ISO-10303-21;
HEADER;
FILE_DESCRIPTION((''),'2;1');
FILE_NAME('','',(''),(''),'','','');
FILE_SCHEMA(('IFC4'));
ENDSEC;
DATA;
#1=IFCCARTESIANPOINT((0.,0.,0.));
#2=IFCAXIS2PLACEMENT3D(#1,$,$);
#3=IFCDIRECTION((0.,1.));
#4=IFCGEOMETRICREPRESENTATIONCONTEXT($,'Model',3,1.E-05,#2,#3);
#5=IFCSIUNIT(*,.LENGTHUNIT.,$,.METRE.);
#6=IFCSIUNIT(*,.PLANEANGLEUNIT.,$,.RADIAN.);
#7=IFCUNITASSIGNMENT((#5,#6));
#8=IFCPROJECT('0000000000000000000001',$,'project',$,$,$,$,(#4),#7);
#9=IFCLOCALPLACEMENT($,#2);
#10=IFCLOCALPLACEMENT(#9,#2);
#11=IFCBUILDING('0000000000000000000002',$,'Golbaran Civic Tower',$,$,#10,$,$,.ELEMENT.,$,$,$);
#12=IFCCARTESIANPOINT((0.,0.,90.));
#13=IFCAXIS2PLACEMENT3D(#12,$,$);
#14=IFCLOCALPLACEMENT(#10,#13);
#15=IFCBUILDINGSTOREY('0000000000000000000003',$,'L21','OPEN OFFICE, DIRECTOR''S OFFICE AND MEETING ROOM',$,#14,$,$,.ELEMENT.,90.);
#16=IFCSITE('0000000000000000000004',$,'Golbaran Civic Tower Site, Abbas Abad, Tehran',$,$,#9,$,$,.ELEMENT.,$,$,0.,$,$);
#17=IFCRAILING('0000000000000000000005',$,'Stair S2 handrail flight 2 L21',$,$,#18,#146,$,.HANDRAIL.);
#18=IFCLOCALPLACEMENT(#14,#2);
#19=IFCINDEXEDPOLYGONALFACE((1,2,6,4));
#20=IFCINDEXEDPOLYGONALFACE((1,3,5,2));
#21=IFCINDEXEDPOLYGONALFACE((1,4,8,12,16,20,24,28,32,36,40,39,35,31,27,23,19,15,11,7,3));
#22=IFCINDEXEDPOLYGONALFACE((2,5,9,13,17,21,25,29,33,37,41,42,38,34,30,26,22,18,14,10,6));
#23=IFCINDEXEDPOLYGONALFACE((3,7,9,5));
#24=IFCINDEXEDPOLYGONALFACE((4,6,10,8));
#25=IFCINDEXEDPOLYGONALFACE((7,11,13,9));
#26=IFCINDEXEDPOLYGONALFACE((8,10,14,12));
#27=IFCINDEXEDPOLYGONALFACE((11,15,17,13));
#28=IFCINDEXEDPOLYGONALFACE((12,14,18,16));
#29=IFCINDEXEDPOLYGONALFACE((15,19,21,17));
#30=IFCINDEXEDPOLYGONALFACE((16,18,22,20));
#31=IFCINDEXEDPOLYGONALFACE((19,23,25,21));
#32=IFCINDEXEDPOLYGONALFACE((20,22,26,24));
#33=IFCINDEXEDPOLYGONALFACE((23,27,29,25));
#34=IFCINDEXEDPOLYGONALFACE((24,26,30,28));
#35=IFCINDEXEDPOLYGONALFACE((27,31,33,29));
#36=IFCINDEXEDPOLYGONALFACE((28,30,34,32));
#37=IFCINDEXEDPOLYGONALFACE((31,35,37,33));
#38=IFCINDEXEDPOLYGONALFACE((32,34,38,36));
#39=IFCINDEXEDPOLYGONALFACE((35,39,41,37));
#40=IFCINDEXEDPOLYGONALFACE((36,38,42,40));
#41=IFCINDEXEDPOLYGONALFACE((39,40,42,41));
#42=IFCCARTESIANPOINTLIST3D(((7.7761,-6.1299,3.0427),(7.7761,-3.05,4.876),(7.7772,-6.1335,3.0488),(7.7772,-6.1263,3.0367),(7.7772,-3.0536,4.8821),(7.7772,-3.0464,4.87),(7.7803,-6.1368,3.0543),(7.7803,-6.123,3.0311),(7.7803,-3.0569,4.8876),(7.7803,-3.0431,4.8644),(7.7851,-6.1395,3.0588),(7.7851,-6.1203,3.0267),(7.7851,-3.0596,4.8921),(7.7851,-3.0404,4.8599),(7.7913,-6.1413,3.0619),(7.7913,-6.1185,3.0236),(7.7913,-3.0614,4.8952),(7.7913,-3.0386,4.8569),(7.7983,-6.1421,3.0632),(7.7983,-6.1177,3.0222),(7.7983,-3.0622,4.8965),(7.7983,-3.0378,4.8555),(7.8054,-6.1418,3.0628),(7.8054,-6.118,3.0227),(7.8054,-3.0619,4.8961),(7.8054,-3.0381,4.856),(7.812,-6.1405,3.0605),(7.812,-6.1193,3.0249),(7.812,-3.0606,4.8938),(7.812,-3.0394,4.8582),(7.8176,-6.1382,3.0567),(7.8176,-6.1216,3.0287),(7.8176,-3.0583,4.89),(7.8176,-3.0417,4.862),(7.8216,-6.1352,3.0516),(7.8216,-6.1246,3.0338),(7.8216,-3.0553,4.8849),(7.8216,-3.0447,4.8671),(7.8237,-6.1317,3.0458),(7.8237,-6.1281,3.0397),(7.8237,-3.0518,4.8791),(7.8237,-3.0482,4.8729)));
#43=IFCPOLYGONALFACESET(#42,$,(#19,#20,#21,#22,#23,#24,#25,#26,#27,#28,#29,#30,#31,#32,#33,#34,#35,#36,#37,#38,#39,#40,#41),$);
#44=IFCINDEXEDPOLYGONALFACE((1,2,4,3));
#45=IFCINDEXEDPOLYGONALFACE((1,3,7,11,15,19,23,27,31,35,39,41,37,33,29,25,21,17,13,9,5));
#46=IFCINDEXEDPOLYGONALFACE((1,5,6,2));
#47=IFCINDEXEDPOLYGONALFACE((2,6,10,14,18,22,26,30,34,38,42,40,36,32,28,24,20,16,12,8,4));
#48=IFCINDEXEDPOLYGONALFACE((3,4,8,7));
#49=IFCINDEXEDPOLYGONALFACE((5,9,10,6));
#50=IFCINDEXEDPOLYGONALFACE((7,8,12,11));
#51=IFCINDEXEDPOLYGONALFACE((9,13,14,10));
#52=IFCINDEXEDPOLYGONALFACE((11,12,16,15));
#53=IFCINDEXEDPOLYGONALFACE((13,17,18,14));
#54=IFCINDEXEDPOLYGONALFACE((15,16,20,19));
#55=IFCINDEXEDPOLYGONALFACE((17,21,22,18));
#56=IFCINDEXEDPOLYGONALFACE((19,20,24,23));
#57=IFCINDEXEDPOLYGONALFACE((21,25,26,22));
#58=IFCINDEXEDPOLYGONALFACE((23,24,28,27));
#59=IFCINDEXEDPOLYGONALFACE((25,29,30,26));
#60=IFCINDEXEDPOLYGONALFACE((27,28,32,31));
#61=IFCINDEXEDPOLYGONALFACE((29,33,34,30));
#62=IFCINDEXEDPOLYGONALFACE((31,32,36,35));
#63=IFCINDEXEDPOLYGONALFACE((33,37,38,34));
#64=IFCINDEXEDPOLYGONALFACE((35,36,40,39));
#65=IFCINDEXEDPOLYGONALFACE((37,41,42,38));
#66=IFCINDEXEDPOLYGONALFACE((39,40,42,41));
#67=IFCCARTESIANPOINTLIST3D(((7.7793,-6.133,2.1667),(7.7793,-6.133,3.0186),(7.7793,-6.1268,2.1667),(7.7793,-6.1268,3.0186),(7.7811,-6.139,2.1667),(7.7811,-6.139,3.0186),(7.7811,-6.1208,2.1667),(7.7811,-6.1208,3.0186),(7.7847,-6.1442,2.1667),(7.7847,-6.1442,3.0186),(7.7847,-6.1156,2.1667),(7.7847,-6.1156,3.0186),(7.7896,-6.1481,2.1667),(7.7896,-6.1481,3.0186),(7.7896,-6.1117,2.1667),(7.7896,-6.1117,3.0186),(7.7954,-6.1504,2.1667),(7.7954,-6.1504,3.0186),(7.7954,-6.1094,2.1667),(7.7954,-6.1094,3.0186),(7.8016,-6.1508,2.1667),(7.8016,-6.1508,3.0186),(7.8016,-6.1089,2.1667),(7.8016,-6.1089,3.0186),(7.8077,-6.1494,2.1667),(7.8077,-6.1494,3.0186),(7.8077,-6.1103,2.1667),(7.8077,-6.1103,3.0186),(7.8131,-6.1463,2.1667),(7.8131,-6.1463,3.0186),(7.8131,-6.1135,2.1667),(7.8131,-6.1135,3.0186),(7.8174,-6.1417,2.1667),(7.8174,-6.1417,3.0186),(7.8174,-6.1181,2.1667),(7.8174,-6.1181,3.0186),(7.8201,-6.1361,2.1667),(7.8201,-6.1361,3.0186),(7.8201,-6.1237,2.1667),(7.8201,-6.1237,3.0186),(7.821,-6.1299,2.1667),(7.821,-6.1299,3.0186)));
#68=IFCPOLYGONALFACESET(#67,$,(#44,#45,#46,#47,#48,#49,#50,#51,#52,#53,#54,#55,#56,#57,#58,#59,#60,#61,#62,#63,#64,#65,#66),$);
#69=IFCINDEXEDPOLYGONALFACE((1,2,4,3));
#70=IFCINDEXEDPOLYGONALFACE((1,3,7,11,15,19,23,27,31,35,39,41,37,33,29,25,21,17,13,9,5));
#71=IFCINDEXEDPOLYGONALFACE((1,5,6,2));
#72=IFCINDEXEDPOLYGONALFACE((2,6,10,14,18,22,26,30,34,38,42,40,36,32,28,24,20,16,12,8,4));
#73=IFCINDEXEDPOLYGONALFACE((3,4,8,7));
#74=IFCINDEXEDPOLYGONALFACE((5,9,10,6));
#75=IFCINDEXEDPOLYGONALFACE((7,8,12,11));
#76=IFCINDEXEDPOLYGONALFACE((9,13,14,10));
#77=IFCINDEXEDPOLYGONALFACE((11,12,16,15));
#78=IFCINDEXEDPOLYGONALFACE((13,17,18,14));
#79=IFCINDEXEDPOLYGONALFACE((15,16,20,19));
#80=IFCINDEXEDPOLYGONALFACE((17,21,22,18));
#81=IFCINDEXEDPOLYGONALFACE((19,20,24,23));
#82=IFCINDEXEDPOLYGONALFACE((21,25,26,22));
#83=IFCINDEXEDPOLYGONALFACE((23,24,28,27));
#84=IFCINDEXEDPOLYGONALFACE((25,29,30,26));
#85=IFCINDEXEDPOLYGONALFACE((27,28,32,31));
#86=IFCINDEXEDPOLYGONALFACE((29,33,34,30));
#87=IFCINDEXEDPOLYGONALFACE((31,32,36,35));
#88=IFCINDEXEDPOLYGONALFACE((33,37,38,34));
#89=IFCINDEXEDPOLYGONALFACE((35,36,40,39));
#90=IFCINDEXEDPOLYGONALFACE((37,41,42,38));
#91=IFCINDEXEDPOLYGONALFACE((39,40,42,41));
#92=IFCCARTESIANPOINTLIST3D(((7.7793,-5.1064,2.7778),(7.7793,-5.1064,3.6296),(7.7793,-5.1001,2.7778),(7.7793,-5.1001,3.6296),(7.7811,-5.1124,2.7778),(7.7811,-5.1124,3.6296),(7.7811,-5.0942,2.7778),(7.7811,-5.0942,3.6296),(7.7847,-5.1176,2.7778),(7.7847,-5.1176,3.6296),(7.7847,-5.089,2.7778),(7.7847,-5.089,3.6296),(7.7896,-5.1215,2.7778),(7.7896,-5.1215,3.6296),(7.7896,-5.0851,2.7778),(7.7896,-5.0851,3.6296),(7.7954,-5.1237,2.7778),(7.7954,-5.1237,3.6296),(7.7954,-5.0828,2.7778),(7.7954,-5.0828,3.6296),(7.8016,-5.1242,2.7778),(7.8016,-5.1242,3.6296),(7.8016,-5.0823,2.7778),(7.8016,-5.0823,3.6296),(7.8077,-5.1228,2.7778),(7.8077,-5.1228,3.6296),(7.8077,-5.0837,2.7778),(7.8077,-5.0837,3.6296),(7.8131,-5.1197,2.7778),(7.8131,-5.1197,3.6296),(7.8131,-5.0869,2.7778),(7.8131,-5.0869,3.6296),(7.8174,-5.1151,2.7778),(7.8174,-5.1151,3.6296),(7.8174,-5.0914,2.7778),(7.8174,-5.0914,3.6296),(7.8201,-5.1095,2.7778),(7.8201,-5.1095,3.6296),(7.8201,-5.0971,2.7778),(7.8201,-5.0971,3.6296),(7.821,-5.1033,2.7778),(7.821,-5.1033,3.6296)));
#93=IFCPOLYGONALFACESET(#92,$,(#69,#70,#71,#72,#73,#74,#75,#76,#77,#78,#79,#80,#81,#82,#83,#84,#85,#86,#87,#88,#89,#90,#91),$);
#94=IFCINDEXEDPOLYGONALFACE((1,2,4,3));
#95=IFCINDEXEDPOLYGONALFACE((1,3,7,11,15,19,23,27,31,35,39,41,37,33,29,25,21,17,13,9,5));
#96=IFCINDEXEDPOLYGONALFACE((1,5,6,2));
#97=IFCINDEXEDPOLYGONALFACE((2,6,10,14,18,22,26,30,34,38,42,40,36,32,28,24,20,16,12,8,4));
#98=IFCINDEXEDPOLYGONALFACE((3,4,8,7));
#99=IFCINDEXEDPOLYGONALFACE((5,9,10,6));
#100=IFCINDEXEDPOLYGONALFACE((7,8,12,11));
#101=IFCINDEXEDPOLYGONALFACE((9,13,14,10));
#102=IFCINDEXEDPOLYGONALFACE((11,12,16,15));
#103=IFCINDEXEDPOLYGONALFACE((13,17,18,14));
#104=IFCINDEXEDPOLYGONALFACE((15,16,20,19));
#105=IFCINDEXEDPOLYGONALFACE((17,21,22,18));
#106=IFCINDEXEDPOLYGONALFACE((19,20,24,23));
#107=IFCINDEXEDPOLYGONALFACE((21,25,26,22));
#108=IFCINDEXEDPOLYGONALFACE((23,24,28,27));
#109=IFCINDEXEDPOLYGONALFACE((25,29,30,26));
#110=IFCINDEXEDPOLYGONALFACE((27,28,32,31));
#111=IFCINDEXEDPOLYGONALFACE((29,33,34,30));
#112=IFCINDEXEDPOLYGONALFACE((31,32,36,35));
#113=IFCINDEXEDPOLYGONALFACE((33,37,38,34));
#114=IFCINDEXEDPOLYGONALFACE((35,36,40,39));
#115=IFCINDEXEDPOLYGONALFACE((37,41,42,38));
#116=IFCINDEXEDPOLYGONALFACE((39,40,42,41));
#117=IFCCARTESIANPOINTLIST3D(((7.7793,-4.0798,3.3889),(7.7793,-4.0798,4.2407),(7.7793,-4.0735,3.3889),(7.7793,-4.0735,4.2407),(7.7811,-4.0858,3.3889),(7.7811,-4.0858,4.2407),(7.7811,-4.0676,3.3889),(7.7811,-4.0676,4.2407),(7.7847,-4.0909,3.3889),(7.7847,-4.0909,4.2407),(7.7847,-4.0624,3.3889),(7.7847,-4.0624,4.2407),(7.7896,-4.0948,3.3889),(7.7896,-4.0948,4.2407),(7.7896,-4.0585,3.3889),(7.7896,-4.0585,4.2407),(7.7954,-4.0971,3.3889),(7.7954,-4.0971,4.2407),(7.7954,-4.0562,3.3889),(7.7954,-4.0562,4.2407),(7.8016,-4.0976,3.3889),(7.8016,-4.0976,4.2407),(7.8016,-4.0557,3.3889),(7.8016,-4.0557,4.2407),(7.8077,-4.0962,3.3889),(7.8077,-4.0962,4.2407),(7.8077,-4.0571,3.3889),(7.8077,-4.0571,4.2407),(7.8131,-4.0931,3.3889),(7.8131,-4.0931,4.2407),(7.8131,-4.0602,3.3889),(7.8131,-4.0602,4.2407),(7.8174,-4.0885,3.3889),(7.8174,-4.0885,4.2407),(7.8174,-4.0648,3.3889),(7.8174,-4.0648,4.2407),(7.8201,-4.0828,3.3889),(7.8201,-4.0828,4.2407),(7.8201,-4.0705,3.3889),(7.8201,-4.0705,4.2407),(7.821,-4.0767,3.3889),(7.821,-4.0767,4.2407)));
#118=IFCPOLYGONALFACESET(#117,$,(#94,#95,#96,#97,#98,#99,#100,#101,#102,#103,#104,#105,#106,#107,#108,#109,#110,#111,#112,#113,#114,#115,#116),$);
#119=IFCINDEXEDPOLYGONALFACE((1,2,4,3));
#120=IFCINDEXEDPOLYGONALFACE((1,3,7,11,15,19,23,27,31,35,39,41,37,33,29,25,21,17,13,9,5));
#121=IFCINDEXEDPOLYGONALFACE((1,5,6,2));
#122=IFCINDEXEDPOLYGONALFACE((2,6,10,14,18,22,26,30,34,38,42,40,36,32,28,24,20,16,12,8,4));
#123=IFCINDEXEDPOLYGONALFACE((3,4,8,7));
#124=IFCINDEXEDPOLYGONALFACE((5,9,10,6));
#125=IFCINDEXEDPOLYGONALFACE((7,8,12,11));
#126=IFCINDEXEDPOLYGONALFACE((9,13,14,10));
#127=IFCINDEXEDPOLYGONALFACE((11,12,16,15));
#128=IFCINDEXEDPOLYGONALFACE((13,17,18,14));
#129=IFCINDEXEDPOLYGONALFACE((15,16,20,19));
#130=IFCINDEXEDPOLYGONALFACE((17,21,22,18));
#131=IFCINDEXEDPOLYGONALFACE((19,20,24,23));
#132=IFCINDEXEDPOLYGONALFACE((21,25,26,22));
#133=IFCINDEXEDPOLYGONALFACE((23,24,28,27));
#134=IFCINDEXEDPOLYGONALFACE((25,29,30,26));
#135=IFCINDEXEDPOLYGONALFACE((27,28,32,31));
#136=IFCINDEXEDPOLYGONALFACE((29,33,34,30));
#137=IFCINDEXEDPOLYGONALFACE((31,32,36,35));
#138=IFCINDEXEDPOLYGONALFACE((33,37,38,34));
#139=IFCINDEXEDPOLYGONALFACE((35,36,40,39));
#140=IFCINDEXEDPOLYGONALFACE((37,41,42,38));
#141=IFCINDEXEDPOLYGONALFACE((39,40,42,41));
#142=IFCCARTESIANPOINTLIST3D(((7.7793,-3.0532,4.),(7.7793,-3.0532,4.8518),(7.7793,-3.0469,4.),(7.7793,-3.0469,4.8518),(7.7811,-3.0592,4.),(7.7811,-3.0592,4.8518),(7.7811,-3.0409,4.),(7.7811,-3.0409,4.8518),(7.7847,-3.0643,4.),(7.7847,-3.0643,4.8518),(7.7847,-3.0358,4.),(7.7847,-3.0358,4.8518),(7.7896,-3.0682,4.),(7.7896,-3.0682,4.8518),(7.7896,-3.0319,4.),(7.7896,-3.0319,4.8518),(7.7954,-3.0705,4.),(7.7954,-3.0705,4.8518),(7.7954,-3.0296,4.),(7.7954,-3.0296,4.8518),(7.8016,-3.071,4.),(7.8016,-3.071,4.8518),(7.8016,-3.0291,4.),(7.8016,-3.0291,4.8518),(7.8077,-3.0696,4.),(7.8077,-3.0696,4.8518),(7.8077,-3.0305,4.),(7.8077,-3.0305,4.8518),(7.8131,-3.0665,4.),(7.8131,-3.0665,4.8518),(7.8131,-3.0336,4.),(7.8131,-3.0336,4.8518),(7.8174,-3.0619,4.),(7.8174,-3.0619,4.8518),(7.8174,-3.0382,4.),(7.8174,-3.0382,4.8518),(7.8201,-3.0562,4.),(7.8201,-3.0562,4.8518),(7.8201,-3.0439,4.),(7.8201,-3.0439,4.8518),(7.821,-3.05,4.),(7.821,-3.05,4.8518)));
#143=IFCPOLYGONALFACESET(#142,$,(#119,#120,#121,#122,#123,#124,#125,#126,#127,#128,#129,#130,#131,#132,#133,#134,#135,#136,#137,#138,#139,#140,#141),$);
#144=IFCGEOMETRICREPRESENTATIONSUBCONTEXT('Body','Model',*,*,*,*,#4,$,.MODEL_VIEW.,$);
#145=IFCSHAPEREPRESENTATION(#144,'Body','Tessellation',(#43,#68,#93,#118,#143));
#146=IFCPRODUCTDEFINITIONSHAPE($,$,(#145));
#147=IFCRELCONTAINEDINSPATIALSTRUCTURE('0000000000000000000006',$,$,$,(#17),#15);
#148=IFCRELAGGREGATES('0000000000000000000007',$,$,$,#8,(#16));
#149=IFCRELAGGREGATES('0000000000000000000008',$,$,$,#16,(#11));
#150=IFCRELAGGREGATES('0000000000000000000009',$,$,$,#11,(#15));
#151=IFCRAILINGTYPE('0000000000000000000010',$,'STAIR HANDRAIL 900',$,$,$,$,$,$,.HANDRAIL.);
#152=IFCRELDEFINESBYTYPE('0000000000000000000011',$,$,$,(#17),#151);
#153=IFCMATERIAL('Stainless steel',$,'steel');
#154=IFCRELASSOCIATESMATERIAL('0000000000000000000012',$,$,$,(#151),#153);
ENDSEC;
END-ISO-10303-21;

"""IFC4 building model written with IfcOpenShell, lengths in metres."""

from ifc_helpers import new_model, si_unit, direction, frame, origin, origin_2d, place, context, subcontext, project, spatial, circle, extrude, material, type_object, element, save


model = new_model("IFC4")

# Units and contexts
model_context = context("Model", 3, precision=1e-05, world=origin(), true_north=direction((0.0, 1.0)))
body_context = subcontext(model_context, "Body", "Model", "MODEL_VIEW")
ifc_project = project(units=[si_unit("LENGTHUNIT", "METRE"), si_unit("PLANEANGLEUNIT", "RADIAN")], contexts=[model_context])

# Site, building, storey
site_placement = place(None, origin())
site = spatial("IfcSite", under=ifc_project, at=site_placement, Name="Golbaran Civic Tower Site, Abbas Abad, Tehran", CompositionType="ELEMENT", RefElevation=0.0)
building_placement = place(site_placement, origin())
building = spatial("IfcBuilding", under=site, at=building_placement, Name="Golbaran Civic Tower", CompositionType="ELEMENT")
storey_placement = place(building_placement, frame((0.0, 0.0, 90.0)))
storey = spatial("IfcBuildingStorey", under=building, at=storey_placement, Name="L21", Description="OPEN OFFICE, DIRECTOR'S OFFICE AND MEETING ROOM", CompositionType="ELEMENT", Elevation=90.0)

# Railing
ifc_material_1 = material(Name="Stainless steel", Category="steel")
railing_type = type_object("IfcRailingType", Name="STAIR HANDRAIL 900", PredefinedType="HANDRAIL", material=ifc_material_1)
railing_1_placement = place(storey_placement, frame((7.8, -6.1299, 2.1667)))
element("IfcRailing", 1, at=railing_1_placement, inside=storey, type_object=railing_type, Name="Stair S2 handrail flight 2 L21", PredefinedType="HANDRAIL", context=body_context, shape_type="SweptSolid", body=[
    extrude(circle(Radius=0.0239, at=origin_2d()), frame((0.0, 0.0, 0.876), z_axis=(0.0, 0.859291, 0.511487), x_axis=(-1.0, 0.0, 0.0)), (0.0, 0.0, 1.0), 3.5842),
    extrude(circle(Radius=0.021, at=origin_2d()), origin(), (0.0, 0.0, 1.0), 0.8518),
    extrude(circle(Radius=0.021, at=origin_2d()), frame((0.0, 1.0266, 0.6111)), (0.0, 0.0, 1.0), 0.8518),
    extrude(circle(Radius=0.021, at=origin_2d()), frame((0.0, 2.0532, 1.2222)), (0.0, 0.0, 1.0), 0.8518),
    extrude(circle(Radius=0.021, at=origin_2d()), frame((0.0, 3.0798, 1.8333)), (0.0, 0.0, 1.0), 0.8518),
])

save(model, "model.ifc")
